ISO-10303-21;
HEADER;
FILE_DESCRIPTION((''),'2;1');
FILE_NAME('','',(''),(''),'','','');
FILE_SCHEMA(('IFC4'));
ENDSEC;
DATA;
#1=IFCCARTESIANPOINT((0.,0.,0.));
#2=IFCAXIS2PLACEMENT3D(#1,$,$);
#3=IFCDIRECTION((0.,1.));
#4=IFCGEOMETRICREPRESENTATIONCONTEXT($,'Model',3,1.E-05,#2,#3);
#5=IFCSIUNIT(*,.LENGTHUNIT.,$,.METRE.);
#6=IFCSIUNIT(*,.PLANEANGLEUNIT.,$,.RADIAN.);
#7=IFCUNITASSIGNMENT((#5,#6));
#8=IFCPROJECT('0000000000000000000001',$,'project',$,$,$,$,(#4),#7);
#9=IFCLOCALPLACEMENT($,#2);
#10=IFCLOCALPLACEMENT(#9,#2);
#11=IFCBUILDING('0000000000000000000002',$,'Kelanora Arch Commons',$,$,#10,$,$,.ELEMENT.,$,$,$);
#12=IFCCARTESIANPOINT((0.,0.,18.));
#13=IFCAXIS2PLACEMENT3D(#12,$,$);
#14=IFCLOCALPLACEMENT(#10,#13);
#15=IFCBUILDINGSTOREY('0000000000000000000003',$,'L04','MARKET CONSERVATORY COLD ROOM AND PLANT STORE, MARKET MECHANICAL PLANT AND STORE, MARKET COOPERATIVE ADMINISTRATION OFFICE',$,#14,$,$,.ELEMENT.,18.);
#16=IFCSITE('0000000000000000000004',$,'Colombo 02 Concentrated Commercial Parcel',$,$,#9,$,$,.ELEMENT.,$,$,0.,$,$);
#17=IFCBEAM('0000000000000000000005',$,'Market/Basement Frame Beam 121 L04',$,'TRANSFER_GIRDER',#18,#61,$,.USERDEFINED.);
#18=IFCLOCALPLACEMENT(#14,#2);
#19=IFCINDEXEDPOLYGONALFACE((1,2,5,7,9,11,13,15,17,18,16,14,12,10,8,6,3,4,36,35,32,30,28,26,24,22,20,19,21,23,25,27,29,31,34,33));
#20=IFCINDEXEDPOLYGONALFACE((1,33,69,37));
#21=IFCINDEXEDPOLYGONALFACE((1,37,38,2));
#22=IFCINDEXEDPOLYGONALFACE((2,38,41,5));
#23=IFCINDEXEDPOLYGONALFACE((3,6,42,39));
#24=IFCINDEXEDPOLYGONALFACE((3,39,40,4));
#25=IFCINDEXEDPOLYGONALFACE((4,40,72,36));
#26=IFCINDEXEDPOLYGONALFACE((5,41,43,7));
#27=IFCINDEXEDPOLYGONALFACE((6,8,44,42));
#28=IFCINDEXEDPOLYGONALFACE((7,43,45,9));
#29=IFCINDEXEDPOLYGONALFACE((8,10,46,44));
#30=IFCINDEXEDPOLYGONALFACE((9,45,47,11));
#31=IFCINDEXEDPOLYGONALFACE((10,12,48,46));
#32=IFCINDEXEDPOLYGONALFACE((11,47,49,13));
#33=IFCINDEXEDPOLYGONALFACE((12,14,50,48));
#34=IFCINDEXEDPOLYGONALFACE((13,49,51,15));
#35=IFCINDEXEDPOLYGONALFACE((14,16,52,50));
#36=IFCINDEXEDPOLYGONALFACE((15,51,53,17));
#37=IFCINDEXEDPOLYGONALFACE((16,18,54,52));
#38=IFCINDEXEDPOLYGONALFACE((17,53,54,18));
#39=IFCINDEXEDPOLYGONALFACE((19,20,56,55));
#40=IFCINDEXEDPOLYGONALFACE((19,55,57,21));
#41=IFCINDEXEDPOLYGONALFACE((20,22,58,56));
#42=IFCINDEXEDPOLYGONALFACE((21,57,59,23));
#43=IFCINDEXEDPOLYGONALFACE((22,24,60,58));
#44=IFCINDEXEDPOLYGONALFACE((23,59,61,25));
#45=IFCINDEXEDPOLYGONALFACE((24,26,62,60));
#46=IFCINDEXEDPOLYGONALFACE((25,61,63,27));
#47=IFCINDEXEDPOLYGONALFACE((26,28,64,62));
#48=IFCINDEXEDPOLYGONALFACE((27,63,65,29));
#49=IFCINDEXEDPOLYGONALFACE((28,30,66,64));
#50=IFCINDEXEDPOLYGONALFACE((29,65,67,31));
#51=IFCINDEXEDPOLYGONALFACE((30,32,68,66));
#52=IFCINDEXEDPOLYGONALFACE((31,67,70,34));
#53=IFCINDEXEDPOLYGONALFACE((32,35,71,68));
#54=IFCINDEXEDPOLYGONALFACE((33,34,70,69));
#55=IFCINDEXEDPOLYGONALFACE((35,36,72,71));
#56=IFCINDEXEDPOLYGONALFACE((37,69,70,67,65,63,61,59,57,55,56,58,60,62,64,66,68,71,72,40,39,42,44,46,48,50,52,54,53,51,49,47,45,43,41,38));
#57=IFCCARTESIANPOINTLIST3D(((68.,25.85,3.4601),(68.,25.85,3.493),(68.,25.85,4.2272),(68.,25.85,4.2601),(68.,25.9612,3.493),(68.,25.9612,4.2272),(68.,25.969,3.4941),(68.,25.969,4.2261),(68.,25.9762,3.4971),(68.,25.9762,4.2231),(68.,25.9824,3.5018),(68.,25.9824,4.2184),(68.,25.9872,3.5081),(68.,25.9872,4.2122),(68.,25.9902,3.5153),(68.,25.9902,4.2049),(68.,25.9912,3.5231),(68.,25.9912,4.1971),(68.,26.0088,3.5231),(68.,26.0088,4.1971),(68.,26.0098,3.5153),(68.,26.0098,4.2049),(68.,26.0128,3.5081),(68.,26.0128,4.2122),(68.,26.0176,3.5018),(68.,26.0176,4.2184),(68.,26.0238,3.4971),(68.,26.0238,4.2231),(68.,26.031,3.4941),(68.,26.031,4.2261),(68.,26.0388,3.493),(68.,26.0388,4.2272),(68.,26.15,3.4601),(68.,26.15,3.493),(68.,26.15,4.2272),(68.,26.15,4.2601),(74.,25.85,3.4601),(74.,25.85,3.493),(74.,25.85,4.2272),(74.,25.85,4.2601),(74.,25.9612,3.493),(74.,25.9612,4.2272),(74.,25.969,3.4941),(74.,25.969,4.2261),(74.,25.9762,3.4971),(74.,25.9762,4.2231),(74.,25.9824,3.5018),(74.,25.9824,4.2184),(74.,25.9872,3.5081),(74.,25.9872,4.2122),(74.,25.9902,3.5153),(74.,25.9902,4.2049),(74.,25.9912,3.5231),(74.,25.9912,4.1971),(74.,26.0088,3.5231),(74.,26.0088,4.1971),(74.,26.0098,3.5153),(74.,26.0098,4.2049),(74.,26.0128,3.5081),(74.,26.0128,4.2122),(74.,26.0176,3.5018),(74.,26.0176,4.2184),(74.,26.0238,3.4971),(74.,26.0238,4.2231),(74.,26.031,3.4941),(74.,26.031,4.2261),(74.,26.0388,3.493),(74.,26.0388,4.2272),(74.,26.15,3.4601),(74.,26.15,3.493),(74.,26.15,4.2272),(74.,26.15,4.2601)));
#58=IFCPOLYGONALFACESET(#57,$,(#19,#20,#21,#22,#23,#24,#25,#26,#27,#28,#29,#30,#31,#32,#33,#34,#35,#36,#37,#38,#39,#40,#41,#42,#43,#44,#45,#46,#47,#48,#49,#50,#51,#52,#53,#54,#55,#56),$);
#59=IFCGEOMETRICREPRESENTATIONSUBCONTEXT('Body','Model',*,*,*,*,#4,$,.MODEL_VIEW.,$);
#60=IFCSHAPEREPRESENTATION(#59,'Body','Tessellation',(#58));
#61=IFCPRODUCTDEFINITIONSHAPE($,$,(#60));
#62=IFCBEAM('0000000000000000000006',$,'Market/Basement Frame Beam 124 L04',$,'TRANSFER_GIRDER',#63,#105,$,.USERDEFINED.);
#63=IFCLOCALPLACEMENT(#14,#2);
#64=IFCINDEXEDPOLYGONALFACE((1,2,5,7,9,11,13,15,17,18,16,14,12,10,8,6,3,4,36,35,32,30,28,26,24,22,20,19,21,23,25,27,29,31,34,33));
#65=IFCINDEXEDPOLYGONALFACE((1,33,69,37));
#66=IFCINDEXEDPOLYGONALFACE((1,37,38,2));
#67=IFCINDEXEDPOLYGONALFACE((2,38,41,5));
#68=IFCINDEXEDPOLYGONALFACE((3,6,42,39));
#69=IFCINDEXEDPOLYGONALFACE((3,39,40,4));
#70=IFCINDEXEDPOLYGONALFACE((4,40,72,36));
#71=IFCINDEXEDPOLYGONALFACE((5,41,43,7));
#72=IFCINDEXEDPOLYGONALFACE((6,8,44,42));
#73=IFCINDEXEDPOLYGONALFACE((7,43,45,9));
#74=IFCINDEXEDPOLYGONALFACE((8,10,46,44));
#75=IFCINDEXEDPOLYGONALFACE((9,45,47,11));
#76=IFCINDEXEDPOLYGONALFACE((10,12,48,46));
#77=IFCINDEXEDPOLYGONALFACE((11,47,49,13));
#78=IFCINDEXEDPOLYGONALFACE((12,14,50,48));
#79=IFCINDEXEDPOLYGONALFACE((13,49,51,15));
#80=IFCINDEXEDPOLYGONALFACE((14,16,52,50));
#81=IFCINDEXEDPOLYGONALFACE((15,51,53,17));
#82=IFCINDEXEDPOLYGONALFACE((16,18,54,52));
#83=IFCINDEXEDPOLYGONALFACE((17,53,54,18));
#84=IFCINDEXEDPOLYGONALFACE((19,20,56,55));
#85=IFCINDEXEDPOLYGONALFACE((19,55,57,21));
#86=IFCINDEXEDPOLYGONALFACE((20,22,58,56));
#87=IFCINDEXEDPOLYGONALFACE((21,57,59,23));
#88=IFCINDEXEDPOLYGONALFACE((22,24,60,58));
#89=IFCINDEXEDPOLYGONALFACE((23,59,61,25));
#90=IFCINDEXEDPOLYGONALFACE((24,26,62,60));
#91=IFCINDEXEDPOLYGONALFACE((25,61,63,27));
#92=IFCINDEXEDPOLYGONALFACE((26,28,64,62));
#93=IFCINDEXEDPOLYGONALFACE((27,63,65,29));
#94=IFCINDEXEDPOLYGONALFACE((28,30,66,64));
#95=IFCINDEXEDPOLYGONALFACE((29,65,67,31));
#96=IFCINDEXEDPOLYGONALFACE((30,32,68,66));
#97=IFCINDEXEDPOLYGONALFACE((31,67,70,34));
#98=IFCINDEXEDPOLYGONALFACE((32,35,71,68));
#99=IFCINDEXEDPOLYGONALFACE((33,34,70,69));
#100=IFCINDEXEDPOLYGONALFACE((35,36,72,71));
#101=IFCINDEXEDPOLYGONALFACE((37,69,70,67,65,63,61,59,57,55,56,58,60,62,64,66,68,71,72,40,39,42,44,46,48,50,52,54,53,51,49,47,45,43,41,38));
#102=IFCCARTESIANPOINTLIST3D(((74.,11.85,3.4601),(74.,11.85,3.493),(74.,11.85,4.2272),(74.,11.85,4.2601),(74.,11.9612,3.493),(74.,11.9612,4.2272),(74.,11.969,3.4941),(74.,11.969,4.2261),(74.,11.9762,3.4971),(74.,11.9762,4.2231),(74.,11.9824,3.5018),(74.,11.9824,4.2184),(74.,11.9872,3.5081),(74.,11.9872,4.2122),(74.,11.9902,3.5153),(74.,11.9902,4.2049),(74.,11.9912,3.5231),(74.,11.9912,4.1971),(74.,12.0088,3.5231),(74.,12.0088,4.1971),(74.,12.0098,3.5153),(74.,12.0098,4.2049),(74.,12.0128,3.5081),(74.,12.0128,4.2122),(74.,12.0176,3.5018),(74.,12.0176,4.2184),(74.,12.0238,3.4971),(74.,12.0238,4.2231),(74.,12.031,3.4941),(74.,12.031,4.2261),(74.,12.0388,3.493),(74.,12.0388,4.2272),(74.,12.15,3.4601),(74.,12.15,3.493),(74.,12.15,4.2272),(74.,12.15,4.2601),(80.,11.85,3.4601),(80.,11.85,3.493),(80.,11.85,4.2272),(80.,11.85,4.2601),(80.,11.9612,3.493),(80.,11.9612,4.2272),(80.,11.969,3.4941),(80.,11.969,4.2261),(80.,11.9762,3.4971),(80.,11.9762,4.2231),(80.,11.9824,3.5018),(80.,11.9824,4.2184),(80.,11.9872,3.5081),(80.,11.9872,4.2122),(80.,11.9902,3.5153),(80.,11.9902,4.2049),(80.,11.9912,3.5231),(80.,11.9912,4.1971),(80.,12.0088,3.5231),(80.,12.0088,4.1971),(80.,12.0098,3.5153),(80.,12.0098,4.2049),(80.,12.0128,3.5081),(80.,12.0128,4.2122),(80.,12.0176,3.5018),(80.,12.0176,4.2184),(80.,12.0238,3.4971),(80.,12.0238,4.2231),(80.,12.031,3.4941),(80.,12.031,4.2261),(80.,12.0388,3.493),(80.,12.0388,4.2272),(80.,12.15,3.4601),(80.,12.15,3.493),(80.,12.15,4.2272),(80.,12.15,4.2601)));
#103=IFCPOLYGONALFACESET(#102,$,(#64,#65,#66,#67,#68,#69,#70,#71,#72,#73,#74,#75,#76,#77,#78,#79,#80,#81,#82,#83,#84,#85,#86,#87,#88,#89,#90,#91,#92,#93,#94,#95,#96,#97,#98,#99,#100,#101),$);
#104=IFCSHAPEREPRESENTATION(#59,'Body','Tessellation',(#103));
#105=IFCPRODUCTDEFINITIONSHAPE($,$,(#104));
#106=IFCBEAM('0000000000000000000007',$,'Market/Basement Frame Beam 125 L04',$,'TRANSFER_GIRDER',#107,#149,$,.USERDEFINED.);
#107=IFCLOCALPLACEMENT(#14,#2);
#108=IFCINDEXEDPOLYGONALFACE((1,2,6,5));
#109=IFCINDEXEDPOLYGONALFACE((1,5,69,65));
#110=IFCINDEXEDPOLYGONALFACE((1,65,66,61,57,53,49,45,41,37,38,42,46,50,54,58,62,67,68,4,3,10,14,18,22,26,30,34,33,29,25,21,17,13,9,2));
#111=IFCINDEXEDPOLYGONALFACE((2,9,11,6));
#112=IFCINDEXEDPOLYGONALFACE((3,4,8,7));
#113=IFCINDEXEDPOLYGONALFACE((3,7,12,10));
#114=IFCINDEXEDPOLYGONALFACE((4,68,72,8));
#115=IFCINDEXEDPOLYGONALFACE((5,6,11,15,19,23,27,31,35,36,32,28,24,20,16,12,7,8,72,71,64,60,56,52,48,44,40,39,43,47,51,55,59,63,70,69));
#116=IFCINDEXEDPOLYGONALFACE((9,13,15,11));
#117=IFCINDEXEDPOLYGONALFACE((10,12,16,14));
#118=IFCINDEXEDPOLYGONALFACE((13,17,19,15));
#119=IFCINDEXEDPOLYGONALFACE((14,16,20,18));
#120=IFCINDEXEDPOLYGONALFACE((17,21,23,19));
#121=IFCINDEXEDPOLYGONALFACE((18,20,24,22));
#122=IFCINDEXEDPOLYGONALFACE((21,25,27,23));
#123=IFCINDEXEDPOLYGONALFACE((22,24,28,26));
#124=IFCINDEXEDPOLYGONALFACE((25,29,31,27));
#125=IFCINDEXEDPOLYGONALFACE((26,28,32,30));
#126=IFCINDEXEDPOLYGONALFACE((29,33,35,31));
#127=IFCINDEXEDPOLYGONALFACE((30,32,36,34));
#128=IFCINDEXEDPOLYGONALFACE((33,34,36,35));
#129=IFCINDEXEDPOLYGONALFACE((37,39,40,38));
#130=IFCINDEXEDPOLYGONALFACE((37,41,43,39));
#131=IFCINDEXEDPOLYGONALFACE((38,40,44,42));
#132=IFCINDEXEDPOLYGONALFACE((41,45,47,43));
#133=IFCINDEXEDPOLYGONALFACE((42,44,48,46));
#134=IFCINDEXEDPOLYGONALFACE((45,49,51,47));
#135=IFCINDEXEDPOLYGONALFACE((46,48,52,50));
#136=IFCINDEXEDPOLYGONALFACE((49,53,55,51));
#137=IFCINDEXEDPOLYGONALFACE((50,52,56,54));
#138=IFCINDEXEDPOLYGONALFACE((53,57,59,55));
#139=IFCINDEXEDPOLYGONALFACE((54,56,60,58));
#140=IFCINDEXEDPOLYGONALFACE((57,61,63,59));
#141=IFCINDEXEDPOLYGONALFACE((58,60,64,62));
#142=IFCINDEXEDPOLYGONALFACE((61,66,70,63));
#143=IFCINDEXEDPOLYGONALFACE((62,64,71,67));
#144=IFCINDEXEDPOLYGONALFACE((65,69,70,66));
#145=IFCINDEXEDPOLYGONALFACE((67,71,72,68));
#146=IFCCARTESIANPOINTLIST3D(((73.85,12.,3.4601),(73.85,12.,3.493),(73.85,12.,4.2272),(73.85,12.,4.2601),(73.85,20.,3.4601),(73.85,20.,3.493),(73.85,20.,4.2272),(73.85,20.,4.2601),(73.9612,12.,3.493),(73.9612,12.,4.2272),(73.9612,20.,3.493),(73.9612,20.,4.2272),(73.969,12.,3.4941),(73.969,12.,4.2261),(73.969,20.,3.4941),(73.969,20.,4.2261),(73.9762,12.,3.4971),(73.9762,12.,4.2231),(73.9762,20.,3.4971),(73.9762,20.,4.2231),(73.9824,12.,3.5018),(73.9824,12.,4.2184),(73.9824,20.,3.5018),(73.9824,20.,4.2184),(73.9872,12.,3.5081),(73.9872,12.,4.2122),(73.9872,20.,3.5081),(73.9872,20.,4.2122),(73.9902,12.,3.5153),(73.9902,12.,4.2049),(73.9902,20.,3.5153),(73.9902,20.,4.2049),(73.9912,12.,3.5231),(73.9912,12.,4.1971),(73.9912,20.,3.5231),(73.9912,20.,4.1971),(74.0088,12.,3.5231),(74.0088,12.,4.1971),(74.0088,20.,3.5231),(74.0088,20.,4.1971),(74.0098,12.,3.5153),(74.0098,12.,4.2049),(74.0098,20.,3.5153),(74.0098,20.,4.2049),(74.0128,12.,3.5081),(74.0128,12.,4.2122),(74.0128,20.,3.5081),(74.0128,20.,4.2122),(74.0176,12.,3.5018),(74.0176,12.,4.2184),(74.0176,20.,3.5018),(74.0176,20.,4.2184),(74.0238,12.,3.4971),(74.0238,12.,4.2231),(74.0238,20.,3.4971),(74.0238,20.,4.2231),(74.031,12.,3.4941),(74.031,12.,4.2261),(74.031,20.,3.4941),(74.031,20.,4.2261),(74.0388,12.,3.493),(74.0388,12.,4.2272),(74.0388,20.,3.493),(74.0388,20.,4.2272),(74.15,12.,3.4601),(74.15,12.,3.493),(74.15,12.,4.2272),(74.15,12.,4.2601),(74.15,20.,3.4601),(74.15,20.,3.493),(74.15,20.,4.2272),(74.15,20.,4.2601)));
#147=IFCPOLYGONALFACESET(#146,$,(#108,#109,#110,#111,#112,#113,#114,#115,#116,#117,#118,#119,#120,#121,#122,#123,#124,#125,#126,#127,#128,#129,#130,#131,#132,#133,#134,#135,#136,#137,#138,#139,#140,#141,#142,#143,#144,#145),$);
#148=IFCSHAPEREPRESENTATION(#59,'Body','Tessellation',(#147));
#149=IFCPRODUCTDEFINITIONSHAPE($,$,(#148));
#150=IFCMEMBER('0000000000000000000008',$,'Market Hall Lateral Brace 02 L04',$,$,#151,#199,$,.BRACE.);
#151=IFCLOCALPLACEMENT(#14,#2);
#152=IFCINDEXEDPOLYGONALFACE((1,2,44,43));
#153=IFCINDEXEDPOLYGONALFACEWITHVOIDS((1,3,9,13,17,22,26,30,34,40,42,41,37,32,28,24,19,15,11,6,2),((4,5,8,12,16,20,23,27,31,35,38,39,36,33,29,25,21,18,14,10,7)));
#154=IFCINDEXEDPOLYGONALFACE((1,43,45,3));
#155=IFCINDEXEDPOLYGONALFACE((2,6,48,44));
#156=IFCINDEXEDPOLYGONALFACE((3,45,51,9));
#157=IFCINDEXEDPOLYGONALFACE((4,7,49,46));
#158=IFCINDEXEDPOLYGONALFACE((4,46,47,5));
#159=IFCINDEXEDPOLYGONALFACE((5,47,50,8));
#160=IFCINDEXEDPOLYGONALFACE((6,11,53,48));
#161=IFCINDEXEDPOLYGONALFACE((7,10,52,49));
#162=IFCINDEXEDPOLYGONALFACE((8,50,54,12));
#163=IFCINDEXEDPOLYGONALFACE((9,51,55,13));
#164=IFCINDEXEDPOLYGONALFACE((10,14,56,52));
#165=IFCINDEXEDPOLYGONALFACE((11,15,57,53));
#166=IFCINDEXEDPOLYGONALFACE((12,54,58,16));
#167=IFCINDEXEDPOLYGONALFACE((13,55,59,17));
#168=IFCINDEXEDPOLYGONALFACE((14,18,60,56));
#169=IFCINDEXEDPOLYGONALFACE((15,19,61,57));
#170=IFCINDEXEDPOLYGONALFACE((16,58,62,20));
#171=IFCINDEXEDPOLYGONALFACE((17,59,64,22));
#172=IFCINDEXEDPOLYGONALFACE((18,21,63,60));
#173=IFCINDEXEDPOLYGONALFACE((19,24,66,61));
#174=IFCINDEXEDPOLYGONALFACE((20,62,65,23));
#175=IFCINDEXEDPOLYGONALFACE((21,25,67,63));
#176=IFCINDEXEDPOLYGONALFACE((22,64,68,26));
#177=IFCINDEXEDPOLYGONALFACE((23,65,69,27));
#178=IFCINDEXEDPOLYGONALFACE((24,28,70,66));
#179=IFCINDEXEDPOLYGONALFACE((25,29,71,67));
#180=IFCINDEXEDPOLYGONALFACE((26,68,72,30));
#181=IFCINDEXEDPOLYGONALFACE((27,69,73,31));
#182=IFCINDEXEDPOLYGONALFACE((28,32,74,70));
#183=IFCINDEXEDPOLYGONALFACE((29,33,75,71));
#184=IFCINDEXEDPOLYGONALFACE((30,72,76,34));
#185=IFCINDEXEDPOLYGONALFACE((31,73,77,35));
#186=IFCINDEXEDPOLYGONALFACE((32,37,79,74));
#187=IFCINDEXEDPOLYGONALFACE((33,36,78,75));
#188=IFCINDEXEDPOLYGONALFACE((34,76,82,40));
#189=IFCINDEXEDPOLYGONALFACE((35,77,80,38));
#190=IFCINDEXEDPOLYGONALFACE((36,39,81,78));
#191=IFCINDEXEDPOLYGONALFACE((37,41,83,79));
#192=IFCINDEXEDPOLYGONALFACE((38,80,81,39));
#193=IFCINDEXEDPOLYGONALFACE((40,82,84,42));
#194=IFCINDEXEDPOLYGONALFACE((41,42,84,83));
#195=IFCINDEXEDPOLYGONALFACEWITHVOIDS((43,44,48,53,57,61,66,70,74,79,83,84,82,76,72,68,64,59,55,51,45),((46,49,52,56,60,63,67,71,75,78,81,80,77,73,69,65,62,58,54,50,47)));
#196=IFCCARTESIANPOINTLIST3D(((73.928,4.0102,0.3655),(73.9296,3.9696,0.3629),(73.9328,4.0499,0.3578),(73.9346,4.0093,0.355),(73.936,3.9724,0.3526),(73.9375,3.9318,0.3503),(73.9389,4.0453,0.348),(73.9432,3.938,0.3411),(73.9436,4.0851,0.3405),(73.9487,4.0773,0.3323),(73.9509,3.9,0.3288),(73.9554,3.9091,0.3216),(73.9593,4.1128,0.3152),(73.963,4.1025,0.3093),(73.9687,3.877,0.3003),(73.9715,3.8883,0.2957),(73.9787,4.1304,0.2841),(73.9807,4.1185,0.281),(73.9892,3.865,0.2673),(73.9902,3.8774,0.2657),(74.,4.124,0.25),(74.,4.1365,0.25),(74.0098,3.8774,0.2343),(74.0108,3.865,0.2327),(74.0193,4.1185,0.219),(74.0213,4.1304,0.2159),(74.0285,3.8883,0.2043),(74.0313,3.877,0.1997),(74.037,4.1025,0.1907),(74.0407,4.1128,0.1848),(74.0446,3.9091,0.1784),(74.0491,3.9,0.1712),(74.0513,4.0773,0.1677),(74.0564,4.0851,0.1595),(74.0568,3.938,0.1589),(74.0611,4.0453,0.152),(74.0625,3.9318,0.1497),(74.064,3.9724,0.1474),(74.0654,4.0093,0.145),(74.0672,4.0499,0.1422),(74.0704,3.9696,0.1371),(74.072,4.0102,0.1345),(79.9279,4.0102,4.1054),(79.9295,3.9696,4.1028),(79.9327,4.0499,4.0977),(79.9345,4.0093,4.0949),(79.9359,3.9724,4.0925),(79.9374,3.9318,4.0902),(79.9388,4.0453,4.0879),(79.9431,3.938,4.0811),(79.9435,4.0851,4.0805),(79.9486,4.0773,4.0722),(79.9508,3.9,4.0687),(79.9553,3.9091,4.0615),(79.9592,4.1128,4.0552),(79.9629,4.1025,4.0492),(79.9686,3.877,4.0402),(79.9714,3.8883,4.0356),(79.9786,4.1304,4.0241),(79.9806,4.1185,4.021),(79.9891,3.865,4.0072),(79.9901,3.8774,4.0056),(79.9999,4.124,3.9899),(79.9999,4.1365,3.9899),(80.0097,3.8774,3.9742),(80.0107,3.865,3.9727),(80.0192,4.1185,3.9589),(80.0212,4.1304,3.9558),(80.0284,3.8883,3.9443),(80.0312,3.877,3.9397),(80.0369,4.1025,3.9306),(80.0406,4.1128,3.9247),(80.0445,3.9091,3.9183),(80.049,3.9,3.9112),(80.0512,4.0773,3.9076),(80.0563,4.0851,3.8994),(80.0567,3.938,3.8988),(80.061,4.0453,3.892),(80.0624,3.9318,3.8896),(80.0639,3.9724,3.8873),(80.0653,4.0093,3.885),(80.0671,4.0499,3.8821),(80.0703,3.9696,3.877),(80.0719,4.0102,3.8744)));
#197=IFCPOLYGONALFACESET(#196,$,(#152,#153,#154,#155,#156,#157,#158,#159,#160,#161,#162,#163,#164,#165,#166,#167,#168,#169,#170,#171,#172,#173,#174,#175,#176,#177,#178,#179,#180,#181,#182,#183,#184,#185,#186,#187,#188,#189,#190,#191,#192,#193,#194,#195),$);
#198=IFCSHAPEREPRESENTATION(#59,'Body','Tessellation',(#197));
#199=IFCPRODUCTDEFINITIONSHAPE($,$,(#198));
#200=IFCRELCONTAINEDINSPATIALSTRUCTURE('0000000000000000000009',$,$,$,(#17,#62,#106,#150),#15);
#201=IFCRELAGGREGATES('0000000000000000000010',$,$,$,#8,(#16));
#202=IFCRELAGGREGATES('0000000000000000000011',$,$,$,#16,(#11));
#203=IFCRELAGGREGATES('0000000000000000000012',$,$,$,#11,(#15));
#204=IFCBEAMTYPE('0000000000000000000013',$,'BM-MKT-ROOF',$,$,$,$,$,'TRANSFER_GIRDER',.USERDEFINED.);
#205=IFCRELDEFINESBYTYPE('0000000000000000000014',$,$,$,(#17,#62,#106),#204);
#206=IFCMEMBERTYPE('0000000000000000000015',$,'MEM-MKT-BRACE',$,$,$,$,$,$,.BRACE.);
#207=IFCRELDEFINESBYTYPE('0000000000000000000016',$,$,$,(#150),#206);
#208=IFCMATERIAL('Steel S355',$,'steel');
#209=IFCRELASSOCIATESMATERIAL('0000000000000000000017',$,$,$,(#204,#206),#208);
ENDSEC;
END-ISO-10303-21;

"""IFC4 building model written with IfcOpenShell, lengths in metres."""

from ifc_helpers import new_model, si_unit, direction, frame, origin, origin_2d, place, context, subcontext, project, spatial, hollow_circle, i_section, extrude, material, material_profile, profile_set, type_object, element, save


model = new_model("IFC4")

# Units and contexts
model_context = context("Model", 3, precision=1e-05, world=origin(), true_north=direction((0.0, 1.0)))
body_context = subcontext(model_context, "Body", "Model", "MODEL_VIEW")
ifc_project = project(units=[si_unit("LENGTHUNIT", "METRE"), si_unit("PLANEANGLEUNIT", "RADIAN")], contexts=[model_context])

# Site, building, storey
site_placement = place(None, origin())
site = spatial("IfcSite", under=ifc_project, at=site_placement, Name="Colombo 02 Concentrated Commercial Parcel", CompositionType="ELEMENT", RefElevation=0.0)
building_placement = place(site_placement, origin())
building = spatial("IfcBuilding", under=site, at=building_placement, Name="Kelanora Arch Commons", CompositionType="ELEMENT")
storey_placement = place(building_placement, frame((0.0, 0.0, 18.0)))
storey = spatial("IfcBuildingStorey", under=building, at=storey_placement, Name="L04", Description="MARKET CONSERVATORY COLD ROOM AND PLANT STORE, MARKET MECHANICAL PLANT AND STORE, MARKET COOPERATIVE ADMINISTRATION OFFICE", CompositionType="ELEMENT", Elevation=18.0)

# Beams
ifc_material_1 = material(Name="Steel S355", Category="steel")
ifc_material_profile_1 = material_profile(ifc_material_1, i_section(OverallWidth=0.3, OverallDepth=0.8, WebThickness=0.0176, FlangeThickness=0.033, FilletRadius=0.03, at=origin_2d()), Name="HEB800")
ifc_profile_set_1 = profile_set([ifc_material_profile_1], Name="Steel S355")
beam_type = type_object("IfcBeamType", Name="BM-MKT-ROOF", ElementType="TRANSFER_GIRDER", PredefinedType="USERDEFINED", material=ifc_profile_set_1)
for number, where, z_axis, x_axis, name in (
    (1, (68.0, 26.0, 3.8601), (1.0, 0.0, 0.0), (0.0, 1.0, 0.0), "Market/Basement Frame Beam 121 L04"),
    (2, (74.0, 12.0, 3.8601), (1.0, 0.0, 0.0), (0.0, 1.0, 0.0), "Market/Basement Frame Beam 124 L04"),
):
    element("IfcBeam", number, at=place(storey_placement, frame(where, z_axis=z_axis, x_axis=x_axis)), inside=storey, type_object=beam_type, Name=name, ObjectType="TRANSFER_GIRDER", PredefinedType="USERDEFINED", context=body_context, shape_type="SweptSolid", body=[
        extrude(i_section(OverallWidth=0.3, OverallDepth=0.8, WebThickness=0.0176, FlangeThickness=0.033, FilletRadius=0.03, at=origin_2d()), origin(), (0.0, 0.0, 1.0), 6.0),
    ])
beam_1_placement = place(storey_placement, frame((74.0, 12.0, 3.8601), z_axis=(0.0, 1.0, 0.0), x_axis=(-1.0, 0.0, 0.0)))
element("IfcBeam", 3, at=beam_1_placement, inside=storey, type_object=beam_type, Name="Market/Basement Frame Beam 125 L04", ObjectType="TRANSFER_GIRDER", PredefinedType="USERDEFINED", context=body_context, shape_type="SweptSolid", body=[
    extrude(i_section(OverallWidth=0.3, OverallDepth=0.8, WebThickness=0.0176, FlangeThickness=0.033, FilletRadius=0.03, at=origin_2d()), origin(), (0.0, 0.0, 1.0), 8.0),
])

# Member
ifc_material_profile_2 = material_profile(ifc_material_1, hollow_circle(Radius=0.1365, WallThickness=0.0125, at=origin_2d()), Name="CHS273x12.5")
ifc_profile_set_2 = profile_set([ifc_material_profile_2], Name="Steel S355")
member_type_1 = type_object("IfcMemberType", Name="MEM-MKT-BRACE", PredefinedType="BRACE", material=ifc_profile_set_2)
member_1_placement = place(storey_placement, frame((74.0, 4.0, 0.25), z_axis=(0.848634, 0.0, 0.52898), x_axis=(0.0, 1.0, 0.0)))
element("IfcMember", 4, at=member_1_placement, inside=storey, type_object=member_type_1, Name="Market Hall Lateral Brace 02 L04", PredefinedType="BRACE", context=body_context, shape_type="SweptSolid", body=[
    extrude(hollow_circle(Radius=0.1365, WallThickness=0.0125, at=origin_2d()), origin(), (0.0, 0.0, 1.0), 7.0701),
])

save(model, "model.ifc")
